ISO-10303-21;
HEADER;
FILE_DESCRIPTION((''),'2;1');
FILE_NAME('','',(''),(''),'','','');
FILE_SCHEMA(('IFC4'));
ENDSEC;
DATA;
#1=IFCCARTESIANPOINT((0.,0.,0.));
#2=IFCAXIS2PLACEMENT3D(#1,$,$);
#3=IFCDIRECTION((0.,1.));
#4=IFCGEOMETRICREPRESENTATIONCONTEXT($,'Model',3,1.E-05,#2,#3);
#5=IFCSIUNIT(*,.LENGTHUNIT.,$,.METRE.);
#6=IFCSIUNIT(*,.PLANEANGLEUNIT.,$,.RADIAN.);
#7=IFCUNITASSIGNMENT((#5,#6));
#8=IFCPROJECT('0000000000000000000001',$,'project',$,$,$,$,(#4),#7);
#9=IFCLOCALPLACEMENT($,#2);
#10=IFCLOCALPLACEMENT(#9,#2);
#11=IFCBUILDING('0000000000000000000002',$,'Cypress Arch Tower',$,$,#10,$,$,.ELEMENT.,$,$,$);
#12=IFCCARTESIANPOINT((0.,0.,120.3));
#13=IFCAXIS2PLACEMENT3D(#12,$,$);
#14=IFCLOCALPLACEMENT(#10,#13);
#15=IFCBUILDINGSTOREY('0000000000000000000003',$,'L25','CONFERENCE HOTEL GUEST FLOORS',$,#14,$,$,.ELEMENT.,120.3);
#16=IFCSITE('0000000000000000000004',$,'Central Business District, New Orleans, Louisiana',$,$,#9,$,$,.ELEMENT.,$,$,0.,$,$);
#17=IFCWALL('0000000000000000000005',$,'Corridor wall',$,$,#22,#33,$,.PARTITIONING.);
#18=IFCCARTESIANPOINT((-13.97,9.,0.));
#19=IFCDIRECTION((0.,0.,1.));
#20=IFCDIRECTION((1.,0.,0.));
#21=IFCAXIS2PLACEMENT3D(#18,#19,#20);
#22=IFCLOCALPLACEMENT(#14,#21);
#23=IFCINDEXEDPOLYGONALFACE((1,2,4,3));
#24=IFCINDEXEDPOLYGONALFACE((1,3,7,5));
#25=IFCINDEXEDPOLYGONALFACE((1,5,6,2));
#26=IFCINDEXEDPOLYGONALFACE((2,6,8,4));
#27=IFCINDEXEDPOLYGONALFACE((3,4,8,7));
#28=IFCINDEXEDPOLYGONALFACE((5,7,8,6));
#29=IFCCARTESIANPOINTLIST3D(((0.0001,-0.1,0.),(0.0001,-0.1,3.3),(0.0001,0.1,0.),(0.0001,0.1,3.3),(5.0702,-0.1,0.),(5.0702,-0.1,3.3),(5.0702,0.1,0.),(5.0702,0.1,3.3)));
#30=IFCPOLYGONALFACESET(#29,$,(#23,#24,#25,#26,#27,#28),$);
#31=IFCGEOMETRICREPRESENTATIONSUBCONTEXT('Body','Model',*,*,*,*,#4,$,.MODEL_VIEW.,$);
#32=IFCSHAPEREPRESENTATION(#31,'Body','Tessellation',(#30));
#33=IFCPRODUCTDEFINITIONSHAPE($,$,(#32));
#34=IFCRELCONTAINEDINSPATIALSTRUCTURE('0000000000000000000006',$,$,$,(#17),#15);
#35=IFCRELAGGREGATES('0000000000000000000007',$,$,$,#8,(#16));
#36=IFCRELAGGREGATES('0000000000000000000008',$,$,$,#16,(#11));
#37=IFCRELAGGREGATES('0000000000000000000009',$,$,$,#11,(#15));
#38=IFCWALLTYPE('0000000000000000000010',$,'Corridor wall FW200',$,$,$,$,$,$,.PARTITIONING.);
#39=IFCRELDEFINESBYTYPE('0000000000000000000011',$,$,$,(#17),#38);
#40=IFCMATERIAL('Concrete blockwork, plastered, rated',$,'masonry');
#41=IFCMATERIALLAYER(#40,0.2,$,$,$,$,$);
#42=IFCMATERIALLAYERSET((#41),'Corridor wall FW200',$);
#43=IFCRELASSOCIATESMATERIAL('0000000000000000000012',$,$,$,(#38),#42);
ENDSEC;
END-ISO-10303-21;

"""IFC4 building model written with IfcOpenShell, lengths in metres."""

from ifc_helpers import new_model, si_unit, direction, frame, frame_2d, origin, place, context, subcontext, project, spatial, rectangle, extrude, material, layer, layer_set, type_object, element, save


model = new_model("IFC4")

# Units and contexts
model_context = context("Model", 3, precision=1e-05, world=origin(), true_north=direction((0.0, 1.0)))
body_context = subcontext(model_context, "Body", "Model", "MODEL_VIEW")
ifc_project = project(units=[si_unit("LENGTHUNIT", "METRE"), si_unit("PLANEANGLEUNIT", "RADIAN")], contexts=[model_context])

# Site, building, storey
site_placement = place(None, origin())
site = spatial("IfcSite", under=ifc_project, at=site_placement, Name="Central Business District, New Orleans, Louisiana", CompositionType="ELEMENT", RefElevation=0.0)
building_placement = place(site_placement, origin())
building = spatial("IfcBuilding", under=site, at=building_placement, Name="Cypress Arch Tower", CompositionType="ELEMENT")
storey_placement = place(building_placement, frame((0.0, 0.0, 120.3)))
storey = spatial("IfcBuildingStorey", under=building, at=storey_placement, Name="L25", Description="CONFERENCE HOTEL GUEST FLOORS", CompositionType="ELEMENT", Elevation=120.3)

# Wall
ifc_material_1 = material(Name="Concrete blockwork, plastered, rated", Category="masonry")
ifc_layer_1 = layer(ifc_material_1, 0.2)
ifc_layer_set_1 = layer_set([ifc_layer_1], Name="Corridor wall FW200")
wall_type_1 = type_object("IfcWallType", Name="Corridor wall FW200", PredefinedType="PARTITIONING", material=ifc_layer_set_1)
wall_1_placement = place(storey_placement, frame((-13.97, 9.0, 0.0), z_axis=(0.0, 0.0, 1.0), x_axis=(1.0, 0.0, 0.0)))
element("IfcWall", 1, at=wall_1_placement, inside=storey, type_object=wall_type_1, Name="Corridor wall", PredefinedType="PARTITIONING", context=body_context, shape_type="SweptSolid", body=[
    extrude(rectangle(XDim=5.0701, YDim=0.2, at=frame_2d((2.5352, 0.0))), origin(), (0.0, 0.0, 1.0), 3.3),
])

save(model, "model.ifc")
